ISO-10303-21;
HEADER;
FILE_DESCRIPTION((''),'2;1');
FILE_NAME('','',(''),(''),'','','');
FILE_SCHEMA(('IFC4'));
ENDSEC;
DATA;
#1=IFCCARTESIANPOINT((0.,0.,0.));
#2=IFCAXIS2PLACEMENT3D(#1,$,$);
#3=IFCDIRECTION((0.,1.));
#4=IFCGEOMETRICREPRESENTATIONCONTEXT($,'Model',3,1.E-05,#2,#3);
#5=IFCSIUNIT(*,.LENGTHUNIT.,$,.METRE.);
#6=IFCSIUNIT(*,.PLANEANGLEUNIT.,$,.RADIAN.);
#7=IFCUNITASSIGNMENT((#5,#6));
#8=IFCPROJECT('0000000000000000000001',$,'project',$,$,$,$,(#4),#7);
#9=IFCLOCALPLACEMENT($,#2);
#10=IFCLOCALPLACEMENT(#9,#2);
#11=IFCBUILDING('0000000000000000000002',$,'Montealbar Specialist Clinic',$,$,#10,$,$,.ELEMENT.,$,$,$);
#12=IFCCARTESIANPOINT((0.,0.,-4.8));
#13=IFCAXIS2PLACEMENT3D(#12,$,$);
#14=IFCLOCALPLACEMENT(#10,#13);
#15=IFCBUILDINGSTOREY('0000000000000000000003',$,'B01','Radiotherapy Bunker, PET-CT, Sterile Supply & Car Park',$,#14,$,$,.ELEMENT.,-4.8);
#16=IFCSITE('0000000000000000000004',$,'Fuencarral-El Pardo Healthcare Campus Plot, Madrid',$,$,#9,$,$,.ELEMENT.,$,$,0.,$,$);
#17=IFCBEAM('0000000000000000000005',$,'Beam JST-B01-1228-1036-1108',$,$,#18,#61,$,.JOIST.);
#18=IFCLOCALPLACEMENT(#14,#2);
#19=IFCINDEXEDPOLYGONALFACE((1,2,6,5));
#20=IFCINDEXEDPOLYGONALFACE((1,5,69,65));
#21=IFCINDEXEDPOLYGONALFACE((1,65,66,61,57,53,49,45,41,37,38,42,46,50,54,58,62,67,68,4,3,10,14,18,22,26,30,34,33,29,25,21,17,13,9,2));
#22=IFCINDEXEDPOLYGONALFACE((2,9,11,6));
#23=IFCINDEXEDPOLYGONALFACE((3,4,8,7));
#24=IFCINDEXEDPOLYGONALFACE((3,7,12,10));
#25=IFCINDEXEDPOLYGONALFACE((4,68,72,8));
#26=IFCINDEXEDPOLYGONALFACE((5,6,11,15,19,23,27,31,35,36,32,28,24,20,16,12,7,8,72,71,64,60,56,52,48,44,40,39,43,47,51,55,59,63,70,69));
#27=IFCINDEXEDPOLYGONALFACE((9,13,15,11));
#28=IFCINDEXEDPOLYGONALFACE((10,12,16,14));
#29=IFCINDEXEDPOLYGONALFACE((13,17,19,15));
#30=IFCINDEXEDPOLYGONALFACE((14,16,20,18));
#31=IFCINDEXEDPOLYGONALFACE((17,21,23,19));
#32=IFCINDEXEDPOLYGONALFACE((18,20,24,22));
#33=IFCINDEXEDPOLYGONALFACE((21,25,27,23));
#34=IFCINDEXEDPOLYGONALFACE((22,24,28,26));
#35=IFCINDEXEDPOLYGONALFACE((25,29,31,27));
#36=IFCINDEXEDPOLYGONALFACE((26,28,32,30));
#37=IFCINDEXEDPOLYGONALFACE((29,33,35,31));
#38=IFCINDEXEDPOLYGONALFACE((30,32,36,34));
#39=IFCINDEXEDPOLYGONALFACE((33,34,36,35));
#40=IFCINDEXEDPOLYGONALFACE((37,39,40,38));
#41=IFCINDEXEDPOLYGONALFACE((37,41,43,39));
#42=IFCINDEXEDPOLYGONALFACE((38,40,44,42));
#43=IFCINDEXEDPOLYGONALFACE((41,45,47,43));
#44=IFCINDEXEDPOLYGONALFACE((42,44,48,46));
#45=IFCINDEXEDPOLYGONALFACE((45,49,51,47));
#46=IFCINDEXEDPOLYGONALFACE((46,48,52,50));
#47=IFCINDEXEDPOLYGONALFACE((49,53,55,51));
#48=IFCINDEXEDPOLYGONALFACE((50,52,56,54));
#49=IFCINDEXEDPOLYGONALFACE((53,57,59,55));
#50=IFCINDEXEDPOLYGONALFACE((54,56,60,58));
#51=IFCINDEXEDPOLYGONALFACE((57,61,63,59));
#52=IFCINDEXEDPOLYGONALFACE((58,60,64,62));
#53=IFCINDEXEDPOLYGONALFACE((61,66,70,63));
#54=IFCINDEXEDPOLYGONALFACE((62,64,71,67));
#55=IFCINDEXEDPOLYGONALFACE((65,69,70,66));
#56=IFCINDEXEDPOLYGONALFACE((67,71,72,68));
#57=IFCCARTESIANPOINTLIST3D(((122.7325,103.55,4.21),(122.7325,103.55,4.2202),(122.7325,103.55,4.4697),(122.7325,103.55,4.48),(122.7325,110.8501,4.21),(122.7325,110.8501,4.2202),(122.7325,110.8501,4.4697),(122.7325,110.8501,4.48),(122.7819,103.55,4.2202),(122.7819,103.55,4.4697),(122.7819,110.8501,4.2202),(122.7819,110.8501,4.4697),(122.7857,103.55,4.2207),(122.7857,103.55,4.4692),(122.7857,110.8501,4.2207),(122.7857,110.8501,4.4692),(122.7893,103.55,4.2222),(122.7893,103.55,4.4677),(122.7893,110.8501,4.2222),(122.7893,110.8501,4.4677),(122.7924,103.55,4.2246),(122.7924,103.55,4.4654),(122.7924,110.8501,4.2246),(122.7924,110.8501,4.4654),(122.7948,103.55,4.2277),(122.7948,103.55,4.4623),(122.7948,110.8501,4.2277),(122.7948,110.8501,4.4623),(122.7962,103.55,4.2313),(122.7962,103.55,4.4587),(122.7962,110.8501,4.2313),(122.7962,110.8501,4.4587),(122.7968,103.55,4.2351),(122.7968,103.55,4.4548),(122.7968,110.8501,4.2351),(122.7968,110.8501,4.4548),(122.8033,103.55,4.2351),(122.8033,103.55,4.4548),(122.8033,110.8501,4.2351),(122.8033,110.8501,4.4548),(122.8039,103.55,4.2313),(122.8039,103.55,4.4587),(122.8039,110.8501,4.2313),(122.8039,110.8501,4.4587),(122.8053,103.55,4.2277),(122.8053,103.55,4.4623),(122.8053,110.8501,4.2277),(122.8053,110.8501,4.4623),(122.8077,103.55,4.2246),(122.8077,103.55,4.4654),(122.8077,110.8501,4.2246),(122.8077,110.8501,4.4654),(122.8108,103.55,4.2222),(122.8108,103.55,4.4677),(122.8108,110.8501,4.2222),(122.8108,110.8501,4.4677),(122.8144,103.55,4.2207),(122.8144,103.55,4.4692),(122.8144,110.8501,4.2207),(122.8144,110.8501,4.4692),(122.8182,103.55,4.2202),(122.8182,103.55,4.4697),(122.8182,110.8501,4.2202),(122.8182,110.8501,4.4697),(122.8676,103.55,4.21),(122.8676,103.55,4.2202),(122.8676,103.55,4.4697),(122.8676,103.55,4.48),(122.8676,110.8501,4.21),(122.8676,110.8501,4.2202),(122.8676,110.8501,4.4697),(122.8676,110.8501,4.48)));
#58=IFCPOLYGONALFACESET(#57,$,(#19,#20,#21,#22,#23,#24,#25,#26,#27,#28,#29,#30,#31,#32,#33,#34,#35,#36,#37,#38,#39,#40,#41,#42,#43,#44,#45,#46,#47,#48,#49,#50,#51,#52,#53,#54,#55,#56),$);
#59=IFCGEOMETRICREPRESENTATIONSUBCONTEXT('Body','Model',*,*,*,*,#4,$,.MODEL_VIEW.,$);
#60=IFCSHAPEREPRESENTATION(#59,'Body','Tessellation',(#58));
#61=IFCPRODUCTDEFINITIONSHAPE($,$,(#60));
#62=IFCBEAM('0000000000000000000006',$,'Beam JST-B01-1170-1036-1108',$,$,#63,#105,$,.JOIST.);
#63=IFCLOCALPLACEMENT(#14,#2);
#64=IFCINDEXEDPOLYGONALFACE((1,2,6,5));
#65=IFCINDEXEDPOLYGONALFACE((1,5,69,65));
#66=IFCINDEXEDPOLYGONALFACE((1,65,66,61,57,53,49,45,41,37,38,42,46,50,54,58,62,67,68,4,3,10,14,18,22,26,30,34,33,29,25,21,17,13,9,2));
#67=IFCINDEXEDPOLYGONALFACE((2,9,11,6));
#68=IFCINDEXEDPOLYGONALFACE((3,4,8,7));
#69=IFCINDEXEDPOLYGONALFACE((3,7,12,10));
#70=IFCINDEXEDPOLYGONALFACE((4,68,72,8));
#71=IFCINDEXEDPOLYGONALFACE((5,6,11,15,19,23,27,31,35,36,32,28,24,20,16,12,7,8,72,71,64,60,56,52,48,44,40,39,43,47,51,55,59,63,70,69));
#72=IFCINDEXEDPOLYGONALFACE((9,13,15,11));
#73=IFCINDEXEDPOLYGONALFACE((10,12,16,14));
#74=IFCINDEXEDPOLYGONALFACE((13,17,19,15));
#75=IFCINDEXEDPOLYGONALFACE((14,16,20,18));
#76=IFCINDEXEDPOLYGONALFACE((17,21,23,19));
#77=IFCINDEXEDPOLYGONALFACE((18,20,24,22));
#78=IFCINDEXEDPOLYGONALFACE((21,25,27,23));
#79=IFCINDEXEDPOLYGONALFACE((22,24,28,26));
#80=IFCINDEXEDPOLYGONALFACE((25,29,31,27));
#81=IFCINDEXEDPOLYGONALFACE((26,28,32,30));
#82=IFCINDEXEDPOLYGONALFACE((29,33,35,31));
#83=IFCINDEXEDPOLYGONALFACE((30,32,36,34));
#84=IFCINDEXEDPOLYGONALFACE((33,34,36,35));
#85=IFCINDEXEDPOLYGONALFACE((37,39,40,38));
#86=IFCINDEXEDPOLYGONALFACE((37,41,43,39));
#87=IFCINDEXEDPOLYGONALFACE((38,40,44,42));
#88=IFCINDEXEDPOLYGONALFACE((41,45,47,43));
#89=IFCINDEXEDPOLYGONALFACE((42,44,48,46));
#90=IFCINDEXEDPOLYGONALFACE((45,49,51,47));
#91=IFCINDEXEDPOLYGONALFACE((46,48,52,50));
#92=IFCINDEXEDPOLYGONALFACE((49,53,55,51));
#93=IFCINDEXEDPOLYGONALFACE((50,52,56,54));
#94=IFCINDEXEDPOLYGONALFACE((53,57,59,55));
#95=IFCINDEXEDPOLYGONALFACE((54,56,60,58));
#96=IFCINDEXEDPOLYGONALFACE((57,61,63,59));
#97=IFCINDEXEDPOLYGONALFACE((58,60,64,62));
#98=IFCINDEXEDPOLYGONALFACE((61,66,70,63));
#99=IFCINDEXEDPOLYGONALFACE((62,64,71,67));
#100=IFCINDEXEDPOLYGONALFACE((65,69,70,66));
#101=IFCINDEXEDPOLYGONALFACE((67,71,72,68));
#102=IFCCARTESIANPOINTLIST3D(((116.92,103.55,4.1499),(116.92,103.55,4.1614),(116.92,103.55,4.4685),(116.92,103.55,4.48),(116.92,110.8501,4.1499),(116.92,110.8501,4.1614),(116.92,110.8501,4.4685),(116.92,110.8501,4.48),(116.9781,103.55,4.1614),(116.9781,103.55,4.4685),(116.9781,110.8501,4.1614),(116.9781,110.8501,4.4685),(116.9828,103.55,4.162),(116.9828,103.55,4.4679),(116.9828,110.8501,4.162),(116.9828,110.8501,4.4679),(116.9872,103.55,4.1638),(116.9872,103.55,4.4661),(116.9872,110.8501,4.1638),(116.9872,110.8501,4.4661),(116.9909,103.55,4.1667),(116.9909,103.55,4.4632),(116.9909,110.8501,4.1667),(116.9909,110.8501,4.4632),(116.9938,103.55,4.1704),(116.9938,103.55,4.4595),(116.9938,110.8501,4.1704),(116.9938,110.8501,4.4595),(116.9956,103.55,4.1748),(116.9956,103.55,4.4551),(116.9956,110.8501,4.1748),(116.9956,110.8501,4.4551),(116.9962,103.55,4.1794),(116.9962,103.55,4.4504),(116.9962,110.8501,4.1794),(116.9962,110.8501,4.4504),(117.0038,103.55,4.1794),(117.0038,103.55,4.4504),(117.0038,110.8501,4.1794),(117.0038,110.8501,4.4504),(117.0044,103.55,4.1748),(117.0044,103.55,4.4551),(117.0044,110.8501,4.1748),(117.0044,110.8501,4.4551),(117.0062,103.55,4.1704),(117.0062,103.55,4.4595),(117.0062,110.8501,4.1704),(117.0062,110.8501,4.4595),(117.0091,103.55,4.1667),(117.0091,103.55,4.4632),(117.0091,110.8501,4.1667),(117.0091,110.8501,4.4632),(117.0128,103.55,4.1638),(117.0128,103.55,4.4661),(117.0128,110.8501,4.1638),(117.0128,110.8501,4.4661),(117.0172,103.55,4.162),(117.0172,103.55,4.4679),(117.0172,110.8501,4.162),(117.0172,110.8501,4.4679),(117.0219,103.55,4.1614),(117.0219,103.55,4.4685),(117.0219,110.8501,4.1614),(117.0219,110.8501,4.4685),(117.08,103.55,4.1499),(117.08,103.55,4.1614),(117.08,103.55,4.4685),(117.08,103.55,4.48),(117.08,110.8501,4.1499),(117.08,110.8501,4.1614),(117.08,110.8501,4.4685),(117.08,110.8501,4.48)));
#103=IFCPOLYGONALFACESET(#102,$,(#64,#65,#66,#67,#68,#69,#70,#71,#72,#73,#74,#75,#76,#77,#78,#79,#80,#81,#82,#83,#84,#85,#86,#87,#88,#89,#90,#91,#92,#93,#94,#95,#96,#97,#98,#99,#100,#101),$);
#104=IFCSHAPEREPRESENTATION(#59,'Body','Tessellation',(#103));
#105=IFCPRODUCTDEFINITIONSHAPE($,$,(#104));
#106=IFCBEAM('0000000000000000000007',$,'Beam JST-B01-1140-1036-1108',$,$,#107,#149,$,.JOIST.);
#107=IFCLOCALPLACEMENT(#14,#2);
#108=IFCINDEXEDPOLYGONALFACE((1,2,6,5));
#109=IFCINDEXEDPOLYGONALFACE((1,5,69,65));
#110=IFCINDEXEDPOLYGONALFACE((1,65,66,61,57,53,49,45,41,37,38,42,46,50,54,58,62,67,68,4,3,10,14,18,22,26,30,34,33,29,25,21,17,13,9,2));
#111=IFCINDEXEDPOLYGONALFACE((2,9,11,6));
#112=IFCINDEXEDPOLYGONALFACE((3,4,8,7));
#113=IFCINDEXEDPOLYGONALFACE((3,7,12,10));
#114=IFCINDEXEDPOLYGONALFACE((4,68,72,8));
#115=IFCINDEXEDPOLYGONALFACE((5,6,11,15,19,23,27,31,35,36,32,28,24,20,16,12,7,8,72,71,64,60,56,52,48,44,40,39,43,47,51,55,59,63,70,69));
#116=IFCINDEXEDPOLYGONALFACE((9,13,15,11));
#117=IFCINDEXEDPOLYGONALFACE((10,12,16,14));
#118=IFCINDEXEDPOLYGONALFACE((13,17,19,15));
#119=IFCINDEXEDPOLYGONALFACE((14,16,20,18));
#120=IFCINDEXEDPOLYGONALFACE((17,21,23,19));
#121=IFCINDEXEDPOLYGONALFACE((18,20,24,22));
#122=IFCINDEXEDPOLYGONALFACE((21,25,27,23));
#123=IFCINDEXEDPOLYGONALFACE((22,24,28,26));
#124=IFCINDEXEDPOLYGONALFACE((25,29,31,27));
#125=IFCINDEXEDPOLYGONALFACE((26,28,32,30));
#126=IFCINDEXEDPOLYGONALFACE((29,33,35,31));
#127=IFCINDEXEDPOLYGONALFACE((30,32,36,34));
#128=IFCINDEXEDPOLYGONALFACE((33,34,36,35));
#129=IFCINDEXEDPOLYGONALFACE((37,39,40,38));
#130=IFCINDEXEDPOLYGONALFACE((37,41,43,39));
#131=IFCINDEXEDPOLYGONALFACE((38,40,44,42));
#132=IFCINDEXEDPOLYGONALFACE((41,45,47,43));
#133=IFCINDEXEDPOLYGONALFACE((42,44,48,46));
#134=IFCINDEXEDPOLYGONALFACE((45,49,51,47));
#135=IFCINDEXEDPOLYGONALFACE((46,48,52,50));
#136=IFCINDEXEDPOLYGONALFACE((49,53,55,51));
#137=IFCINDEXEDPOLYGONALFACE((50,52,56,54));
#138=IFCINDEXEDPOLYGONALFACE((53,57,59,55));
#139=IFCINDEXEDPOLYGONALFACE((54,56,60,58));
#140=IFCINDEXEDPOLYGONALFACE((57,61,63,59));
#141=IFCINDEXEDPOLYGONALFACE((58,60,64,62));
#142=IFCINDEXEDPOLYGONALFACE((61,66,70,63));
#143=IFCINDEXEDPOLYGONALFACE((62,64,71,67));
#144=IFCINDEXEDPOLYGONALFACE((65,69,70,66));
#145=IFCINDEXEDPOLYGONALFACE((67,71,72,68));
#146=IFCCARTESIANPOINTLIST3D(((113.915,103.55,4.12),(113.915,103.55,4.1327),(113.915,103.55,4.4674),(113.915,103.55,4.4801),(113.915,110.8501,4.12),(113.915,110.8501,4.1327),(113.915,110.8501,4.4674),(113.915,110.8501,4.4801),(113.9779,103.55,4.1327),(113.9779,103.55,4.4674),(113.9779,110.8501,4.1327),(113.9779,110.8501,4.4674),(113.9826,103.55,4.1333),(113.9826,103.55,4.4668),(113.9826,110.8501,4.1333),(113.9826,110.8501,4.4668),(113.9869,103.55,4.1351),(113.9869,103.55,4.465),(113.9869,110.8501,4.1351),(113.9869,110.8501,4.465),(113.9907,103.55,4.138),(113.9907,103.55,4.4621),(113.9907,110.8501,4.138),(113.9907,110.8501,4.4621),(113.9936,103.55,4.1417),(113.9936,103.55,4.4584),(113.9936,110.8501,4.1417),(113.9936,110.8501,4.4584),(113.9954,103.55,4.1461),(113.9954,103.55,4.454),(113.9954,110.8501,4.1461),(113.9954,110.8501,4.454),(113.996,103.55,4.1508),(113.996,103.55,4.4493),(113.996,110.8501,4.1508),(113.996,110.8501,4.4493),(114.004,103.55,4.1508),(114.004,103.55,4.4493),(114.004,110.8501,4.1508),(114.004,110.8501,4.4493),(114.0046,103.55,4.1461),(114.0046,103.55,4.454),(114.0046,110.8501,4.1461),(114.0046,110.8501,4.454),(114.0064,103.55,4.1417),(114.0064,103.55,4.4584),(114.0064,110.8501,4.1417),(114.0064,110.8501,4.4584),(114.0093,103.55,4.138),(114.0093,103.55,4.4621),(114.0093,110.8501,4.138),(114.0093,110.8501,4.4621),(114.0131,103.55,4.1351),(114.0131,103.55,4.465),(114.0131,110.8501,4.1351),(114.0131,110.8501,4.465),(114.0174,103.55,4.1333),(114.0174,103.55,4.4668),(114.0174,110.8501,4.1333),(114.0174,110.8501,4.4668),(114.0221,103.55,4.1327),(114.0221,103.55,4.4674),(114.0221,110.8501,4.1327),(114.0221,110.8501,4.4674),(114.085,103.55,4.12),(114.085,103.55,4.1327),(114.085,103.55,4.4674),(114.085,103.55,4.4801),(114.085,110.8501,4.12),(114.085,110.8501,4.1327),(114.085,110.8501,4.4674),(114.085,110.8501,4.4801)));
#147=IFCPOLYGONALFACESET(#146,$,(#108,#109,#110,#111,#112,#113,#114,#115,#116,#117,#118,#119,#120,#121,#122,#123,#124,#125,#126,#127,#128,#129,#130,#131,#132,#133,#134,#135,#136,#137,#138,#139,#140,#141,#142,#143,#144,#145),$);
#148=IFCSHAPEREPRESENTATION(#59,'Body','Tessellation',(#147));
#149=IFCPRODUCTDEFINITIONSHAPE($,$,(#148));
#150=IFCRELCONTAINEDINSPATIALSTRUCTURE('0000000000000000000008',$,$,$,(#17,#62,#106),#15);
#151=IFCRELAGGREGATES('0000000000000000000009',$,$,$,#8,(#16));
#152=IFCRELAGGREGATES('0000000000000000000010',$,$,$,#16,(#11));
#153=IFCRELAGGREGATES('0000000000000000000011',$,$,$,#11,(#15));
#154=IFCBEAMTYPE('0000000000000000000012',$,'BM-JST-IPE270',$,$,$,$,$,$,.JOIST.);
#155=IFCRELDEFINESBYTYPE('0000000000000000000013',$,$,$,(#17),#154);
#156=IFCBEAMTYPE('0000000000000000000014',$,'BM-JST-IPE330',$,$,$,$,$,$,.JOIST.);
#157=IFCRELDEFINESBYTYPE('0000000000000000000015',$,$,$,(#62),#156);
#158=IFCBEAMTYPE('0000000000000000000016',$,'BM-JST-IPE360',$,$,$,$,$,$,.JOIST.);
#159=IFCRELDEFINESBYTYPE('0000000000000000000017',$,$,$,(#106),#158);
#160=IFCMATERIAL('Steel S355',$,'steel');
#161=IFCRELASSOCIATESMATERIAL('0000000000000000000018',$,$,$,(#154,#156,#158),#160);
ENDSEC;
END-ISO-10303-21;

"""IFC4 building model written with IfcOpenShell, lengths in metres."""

from ifc_helpers import new_model, si_unit, direction, frame, origin, origin_2d, place, context, subcontext, project, spatial, i_section, extrude, material, material_profile, profile_set, type_object, element, save


model = new_model("IFC4")

# Units and contexts
model_context = context("Model", 3, precision=1e-05, world=origin(), true_north=direction((0.0, 1.0)))
body_context = subcontext(model_context, "Body", "Model", "MODEL_VIEW")
ifc_project = project(units=[si_unit("LENGTHUNIT", "METRE"), si_unit("PLANEANGLEUNIT", "RADIAN")], contexts=[model_context])

# Site, building, storey
site_placement = place(None, origin())
site = spatial("IfcSite", under=ifc_project, at=site_placement, Name="Fuencarral-El Pardo Healthcare Campus Plot, Madrid", CompositionType="ELEMENT", RefElevation=0.0)
building_placement = place(site_placement, origin())
building = spatial("IfcBuilding", under=site, at=building_placement, Name="Montealbar Specialist Clinic", CompositionType="ELEMENT")
storey_placement = place(building_placement, frame((0.0, 0.0, -4.8)))
storey = spatial("IfcBuildingStorey", under=building, at=storey_placement, Name="B01", Description="Radiotherapy Bunker, PET-CT, Sterile Supply & Car Park", CompositionType="ELEMENT", Elevation=-4.8)

# Shared definitions
ifc_material_1 = material(Name="Steel S355", Category="steel")

# Beams
ifc_material_profile_1 = material_profile(ifc_material_1, i_section(OverallWidth=0.135, OverallDepth=0.27, WebThickness=0.0066, FlangeThickness=0.0103, FilletRadius=0.0149, at=origin_2d()), Name="IPE 270", Category="steel")
ifc_profile_set_1 = profile_set([ifc_material_profile_1], Name="Steel S355")
beam_type_1 = type_object("IfcBeamType", Name="BM-JST-IPE270", PredefinedType="JOIST", material=ifc_profile_set_1)
beam_1_placement = place(storey_placement, frame((122.8, 103.55, 4.345), z_axis=(0.0, 1.0, 0.0), x_axis=(-1.0, 0.0, 0.0)))
element("IfcBeam", 1, at=beam_1_placement, inside=storey, type_object=beam_type_1, Name="Beam JST-B01-1228-1036-1108", PredefinedType="JOIST", context=body_context, shape_type="SweptSolid", body=[
    extrude(i_section(OverallWidth=0.135, OverallDepth=0.27, WebThickness=0.0066, FlangeThickness=0.0103, FilletRadius=0.0149, at=origin_2d()), origin(), (0.0, 0.0, 1.0), 7.3),
])
ifc_material_profile_2 = material_profile(ifc_material_1, i_section(OverallWidth=0.1599, OverallDepth=0.3301, WebThickness=0.0076, FlangeThickness=0.0115, FilletRadius=0.0181, at=origin_2d()), Name="IPE 330", Category="steel")
ifc_profile_set_2 = profile_set([ifc_material_profile_2], Name="Steel S355")
beam_type_2 = type_object("IfcBeamType", Name="BM-JST-IPE330", PredefinedType="JOIST", material=ifc_profile_set_2)
beam_2_placement = place(storey_placement, frame((117.0, 103.55, 4.3149), z_axis=(0.0, 1.0, 0.0), x_axis=(-1.0, 0.0, 0.0)))
element("IfcBeam", 2, at=beam_2_placement, inside=storey, type_object=beam_type_2, Name="Beam JST-B01-1170-1036-1108", PredefinedType="JOIST", context=body_context, shape_type="SweptSolid", body=[
    extrude(i_section(OverallWidth=0.1599, OverallDepth=0.3301, WebThickness=0.0076, FlangeThickness=0.0115, FilletRadius=0.0181, at=origin_2d()), origin(), (0.0, 0.0, 1.0), 7.3),
])
ifc_material_profile_3 = material_profile(ifc_material_1, i_section(OverallWidth=0.1699, OverallDepth=0.3601, WebThickness=0.0081, FlangeThickness=0.0127, FilletRadius=0.0181, at=origin_2d()), Name="IPE 360", Category="steel")
ifc_profile_set_3 = profile_set([ifc_material_profile_3], Name="Steel S355")
beam_type_3 = type_object("IfcBeamType", Name="BM-JST-IPE360", PredefinedType="JOIST", material=ifc_profile_set_3)
beam_3_placement = place(storey_placement, frame((114.0, 103.55, 4.3), z_axis=(0.0, 1.0, 0.0), x_axis=(-1.0, 0.0, 0.0)))
element("IfcBeam", 3, at=beam_3_placement, inside=storey, type_object=beam_type_3, Name="Beam JST-B01-1140-1036-1108", PredefinedType="JOIST", context=body_context, shape_type="SweptSolid", body=[
    extrude(i_section(OverallWidth=0.1699, OverallDepth=0.3601, WebThickness=0.0081, FlangeThickness=0.0127, FilletRadius=0.0181, at=origin_2d()), origin(), (0.0, 0.0, 1.0), 7.3),
])

save(model, "model.ifc")
